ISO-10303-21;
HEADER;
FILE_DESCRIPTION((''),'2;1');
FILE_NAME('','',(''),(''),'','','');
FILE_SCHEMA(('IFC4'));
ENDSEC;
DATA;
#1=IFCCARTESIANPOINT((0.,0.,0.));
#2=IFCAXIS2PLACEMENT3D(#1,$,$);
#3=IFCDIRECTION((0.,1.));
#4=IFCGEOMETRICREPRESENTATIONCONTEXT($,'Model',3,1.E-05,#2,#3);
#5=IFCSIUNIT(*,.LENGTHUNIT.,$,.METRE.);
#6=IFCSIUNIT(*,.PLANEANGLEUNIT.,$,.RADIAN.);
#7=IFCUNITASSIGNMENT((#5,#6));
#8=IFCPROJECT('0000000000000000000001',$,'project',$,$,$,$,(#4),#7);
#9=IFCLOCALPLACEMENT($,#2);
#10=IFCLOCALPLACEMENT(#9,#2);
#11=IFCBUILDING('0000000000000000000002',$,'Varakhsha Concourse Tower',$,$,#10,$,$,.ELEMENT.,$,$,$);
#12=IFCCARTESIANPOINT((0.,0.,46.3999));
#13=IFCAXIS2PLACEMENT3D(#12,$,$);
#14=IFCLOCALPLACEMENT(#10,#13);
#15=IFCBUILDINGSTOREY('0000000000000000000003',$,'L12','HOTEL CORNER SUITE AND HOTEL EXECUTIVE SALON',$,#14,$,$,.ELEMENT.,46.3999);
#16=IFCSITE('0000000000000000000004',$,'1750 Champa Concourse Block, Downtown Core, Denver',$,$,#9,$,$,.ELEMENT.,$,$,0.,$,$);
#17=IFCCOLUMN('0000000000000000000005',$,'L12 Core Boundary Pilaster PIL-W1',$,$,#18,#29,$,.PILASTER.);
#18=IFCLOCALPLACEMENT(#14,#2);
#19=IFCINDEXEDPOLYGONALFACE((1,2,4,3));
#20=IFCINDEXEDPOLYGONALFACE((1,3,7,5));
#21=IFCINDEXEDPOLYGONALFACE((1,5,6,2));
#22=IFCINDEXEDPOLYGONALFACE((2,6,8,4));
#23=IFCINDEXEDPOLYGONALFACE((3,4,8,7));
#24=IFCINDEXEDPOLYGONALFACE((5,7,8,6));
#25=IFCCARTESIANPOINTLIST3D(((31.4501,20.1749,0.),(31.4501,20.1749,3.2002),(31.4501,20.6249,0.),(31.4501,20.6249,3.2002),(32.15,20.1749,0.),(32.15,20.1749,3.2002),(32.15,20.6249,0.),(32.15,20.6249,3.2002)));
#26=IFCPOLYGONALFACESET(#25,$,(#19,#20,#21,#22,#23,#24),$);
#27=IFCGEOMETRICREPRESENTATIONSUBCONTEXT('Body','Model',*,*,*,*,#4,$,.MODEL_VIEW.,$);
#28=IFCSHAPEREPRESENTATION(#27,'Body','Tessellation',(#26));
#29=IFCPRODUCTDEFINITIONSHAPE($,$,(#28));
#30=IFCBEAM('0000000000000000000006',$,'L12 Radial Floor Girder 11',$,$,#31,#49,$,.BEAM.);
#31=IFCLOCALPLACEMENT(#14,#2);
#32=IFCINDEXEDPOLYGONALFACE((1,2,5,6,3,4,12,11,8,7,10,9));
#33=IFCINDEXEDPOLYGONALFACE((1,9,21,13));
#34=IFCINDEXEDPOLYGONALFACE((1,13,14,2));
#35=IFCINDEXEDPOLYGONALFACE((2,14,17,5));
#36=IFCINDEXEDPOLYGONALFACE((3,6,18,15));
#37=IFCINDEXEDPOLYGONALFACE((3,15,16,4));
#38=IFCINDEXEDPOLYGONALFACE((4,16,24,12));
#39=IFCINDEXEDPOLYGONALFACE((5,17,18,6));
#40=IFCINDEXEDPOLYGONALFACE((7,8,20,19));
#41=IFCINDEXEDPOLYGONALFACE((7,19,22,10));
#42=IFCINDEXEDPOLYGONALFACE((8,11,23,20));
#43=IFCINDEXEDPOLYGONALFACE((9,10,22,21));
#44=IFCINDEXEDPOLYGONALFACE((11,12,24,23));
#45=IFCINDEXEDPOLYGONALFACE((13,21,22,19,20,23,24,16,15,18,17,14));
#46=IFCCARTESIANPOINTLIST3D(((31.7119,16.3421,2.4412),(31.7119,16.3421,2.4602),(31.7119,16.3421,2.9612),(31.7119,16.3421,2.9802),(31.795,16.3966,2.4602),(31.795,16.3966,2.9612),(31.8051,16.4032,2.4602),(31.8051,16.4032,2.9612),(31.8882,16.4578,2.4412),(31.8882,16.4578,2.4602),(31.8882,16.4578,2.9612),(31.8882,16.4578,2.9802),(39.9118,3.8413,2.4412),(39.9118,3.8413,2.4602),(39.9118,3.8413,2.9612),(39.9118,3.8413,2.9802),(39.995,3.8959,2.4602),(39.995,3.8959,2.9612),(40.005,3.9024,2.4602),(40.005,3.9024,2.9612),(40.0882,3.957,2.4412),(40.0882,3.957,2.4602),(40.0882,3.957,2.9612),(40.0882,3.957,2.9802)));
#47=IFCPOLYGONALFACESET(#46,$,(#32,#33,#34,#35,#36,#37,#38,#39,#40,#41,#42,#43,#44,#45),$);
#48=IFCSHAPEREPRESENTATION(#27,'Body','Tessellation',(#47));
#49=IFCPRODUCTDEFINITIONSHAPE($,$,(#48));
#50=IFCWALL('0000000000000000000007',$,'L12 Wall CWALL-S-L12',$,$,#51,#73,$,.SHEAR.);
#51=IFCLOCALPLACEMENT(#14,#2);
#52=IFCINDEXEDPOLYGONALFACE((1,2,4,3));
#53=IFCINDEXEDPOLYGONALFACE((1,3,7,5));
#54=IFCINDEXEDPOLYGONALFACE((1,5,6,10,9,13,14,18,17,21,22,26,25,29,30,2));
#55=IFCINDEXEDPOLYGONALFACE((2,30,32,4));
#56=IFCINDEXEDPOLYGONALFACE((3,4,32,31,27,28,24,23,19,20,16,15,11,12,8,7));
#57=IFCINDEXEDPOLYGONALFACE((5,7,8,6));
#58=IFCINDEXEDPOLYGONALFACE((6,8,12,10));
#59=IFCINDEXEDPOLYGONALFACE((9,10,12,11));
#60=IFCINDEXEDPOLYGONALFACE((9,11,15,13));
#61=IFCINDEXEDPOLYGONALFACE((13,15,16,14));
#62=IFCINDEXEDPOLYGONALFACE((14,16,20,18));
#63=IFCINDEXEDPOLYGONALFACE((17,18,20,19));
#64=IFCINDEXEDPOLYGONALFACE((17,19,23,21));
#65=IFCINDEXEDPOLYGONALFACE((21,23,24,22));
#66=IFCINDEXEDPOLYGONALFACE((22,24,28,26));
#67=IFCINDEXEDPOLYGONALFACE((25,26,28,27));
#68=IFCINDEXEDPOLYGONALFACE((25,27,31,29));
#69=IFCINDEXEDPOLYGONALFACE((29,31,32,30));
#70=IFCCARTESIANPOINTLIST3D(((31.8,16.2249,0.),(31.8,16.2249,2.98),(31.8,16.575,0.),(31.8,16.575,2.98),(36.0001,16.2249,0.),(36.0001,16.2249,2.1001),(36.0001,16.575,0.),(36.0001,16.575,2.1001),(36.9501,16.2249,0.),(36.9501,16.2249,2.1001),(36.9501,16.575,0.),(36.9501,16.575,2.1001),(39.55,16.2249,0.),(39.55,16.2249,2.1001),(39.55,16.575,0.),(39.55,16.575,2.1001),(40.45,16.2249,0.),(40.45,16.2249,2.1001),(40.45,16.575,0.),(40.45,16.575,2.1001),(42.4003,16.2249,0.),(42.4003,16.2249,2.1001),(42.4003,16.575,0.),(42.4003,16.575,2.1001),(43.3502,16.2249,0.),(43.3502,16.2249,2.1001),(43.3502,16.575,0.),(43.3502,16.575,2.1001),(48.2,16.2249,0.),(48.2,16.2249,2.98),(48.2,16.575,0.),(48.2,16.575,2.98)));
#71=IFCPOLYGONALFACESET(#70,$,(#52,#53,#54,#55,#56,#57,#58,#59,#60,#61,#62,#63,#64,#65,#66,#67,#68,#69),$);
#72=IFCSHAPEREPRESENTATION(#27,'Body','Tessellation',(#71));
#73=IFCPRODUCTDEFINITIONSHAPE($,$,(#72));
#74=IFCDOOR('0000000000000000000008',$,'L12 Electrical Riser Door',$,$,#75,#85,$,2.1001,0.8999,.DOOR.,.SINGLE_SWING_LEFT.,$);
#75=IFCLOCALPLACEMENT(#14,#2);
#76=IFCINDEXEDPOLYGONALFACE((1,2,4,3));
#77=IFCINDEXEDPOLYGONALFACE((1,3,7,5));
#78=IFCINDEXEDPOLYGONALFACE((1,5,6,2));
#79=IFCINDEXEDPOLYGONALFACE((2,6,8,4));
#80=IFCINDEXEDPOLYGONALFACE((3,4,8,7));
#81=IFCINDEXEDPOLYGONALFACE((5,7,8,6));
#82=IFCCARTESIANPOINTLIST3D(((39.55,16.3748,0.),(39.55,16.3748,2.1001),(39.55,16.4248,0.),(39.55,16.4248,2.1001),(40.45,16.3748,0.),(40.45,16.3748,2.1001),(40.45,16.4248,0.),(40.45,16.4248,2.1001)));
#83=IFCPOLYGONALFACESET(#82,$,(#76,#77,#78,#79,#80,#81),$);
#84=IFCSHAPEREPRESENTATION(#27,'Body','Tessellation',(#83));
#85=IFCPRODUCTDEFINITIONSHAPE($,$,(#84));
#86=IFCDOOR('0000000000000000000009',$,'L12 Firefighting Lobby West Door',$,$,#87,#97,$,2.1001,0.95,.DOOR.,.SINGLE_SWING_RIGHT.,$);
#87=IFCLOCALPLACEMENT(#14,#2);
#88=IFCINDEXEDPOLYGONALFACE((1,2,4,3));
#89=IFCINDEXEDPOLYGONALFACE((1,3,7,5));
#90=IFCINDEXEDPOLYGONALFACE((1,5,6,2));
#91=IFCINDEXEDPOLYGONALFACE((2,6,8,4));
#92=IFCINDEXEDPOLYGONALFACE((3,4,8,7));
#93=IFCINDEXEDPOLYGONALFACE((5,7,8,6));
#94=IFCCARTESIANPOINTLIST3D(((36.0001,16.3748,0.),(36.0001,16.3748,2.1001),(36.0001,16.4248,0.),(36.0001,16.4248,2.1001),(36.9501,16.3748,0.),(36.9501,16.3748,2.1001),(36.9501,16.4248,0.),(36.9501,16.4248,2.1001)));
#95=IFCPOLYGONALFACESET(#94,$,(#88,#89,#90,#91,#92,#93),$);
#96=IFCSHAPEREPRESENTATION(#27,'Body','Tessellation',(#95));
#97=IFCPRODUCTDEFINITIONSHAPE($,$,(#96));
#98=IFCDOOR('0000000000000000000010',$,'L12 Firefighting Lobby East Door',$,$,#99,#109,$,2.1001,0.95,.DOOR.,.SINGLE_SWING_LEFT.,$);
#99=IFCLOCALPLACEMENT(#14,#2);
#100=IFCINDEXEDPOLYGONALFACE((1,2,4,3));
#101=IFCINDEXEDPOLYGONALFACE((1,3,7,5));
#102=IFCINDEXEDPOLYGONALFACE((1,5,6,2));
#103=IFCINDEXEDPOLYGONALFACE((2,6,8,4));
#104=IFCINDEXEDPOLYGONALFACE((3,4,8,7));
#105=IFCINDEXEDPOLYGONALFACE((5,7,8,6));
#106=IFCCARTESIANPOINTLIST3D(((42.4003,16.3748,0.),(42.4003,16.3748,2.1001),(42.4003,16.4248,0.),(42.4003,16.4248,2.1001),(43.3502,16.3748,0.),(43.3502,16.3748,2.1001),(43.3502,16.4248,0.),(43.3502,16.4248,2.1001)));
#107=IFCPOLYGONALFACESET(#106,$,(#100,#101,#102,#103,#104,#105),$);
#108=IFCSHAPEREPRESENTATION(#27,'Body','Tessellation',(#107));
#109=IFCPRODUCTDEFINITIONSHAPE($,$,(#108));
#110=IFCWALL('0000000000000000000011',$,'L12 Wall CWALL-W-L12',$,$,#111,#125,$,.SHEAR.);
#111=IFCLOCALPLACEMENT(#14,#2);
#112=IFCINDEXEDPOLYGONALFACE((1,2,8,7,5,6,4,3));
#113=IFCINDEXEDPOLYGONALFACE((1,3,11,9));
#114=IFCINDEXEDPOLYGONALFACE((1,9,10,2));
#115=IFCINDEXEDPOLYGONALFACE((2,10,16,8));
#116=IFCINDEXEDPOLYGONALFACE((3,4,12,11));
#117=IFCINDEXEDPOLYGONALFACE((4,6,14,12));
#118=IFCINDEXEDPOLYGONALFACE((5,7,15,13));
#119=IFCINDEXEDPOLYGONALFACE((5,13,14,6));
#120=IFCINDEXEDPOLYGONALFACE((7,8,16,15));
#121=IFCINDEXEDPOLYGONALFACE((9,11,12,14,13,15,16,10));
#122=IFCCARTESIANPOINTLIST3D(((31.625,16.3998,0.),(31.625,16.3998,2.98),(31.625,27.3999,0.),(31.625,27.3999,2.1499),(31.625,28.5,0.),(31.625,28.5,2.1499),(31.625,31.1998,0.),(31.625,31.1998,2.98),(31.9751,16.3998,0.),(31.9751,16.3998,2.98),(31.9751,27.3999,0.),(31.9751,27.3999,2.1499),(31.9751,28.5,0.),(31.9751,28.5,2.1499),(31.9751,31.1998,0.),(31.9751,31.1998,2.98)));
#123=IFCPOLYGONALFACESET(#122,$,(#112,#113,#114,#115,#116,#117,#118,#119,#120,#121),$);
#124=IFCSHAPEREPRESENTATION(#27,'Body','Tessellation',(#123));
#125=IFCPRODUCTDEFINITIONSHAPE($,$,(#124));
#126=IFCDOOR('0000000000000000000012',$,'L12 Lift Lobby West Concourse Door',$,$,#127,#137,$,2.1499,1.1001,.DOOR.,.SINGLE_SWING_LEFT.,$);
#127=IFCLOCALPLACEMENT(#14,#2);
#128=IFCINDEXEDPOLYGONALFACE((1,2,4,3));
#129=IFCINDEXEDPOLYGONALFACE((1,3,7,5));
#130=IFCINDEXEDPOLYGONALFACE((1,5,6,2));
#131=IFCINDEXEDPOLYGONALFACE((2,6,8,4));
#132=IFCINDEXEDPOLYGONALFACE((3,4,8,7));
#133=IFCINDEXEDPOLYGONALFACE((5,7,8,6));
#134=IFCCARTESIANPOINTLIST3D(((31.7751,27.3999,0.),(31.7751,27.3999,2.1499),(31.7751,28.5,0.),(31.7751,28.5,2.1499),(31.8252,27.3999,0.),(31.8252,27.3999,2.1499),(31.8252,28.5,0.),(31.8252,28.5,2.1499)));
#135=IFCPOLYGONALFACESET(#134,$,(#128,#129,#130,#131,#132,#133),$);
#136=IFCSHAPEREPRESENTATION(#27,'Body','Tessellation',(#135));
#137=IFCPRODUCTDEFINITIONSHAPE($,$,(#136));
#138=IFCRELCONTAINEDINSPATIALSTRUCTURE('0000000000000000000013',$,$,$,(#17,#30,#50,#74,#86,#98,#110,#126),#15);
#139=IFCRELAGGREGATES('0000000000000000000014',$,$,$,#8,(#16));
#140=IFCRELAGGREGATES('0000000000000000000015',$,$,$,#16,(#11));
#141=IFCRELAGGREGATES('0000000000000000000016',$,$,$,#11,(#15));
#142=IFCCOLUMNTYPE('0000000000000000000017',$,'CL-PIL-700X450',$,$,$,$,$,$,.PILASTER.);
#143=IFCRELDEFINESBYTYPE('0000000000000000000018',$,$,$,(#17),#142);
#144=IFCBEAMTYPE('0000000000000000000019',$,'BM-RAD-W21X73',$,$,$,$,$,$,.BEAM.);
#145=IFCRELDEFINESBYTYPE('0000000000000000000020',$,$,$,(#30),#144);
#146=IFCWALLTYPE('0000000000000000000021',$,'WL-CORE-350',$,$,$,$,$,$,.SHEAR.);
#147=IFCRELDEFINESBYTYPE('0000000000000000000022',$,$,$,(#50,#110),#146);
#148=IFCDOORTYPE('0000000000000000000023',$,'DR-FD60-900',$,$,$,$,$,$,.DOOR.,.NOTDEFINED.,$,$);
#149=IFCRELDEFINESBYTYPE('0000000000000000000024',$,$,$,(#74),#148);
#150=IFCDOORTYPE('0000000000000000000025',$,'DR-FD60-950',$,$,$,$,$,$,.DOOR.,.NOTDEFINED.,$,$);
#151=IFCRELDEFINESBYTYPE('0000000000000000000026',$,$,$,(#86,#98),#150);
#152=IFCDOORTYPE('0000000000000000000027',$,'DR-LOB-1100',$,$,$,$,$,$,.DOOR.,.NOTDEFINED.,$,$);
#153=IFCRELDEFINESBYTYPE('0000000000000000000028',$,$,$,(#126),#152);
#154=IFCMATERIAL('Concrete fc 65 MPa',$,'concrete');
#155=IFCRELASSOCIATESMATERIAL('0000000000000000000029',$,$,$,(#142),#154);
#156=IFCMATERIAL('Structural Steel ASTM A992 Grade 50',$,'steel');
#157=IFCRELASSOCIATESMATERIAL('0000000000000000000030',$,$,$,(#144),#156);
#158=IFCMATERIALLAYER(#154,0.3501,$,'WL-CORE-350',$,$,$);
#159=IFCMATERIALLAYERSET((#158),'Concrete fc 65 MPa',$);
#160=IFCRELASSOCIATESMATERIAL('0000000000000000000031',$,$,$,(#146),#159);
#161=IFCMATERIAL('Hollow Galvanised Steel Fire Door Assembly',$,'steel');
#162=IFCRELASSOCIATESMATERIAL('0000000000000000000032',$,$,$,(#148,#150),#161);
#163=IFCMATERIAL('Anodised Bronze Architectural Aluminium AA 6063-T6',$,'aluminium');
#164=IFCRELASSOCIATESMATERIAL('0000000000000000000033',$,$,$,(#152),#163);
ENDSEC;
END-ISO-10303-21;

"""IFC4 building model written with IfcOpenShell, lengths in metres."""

from ifc_helpers import new_model, si_unit, direction, frame, frame_2d, origin, origin_2d, place, context, subcontext, project, spatial, rectangle, i_section, extrude, material, layer, layer_set, material_profile, profile_set, type_object, element, fill, save


model = new_model("IFC4")

# Units and contexts
model_context = context("Model", 3, precision=1e-05, world=origin(), true_north=direction((0.0, 1.0)))
body_context = subcontext(model_context, "Body", "Model", "MODEL_VIEW")
ifc_project = project(units=[si_unit("LENGTHUNIT", "METRE"), si_unit("PLANEANGLEUNIT", "RADIAN")], contexts=[model_context])

# Site, building, storey
site_placement = place(None, origin())
site = spatial("IfcSite", under=ifc_project, at=site_placement, Name="1750 Champa Concourse Block, Downtown Core, Denver", CompositionType="ELEMENT", RefElevation=0.0)
building_placement = place(site_placement, origin())
building = spatial("IfcBuilding", under=site, at=building_placement, Name="Varakhsha Concourse Tower", CompositionType="ELEMENT")
storey_placement = place(building_placement, frame((0.0, 0.0, 46.3999)))
storey = spatial("IfcBuildingStorey", under=building, at=storey_placement, Name="L12", Description="HOTEL CORNER SUITE AND HOTEL EXECUTIVE SALON", CompositionType="ELEMENT", Elevation=46.3999)

# Column
ifc_material_1 = material(Name="Concrete fc 65 MPa", Category="concrete")
ifc_material_profile_1 = material_profile(ifc_material_1, rectangle(XDim=0.7, YDim=0.45, at=origin_2d()), Name="RC 700x450")
ifc_profile_set_1 = profile_set([ifc_material_profile_1], Name="Concrete fc 65 MPa")
column_type = type_object("IfcColumnType", Name="CL-PIL-700X450", PredefinedType="PILASTER", material=ifc_profile_set_1)
column_placement = place(storey_placement, frame((31.8, 20.3999, 0.0), z_axis=(0.0, 0.0, 1.0), x_axis=(1.0, 0.0, 0.0)))
element("IfcColumn", 1, at=column_placement, inside=storey, type_object=column_type, Name="L12 Core Boundary Pilaster PIL-W1", PredefinedType="PILASTER", context=body_context, shape_type="SweptSolid", body=[
    extrude(rectangle(XDim=0.7, YDim=0.45, at=origin_2d()), origin(), (0.0, 0.0, 1.0), 3.2002),
])

# Beam
ifc_material_2 = material(Name="Structural Steel ASTM A992 Grade 50", Category="steel")
ifc_material_profile_2 = material_profile(ifc_material_2, i_section(OverallWidth=0.2109, OverallDepth=0.5391, WebThickness=0.012, FlangeThickness=0.019, at=origin_2d()), Name="W21X73")
ifc_profile_set_2 = profile_set([ifc_material_profile_2], Name="Structural Steel ASTM A992 Grade 50")
beam_type = type_object("IfcBeamType", Name="BM-RAD-W21X73", PredefinedType="BEAM", material=ifc_profile_set_2)
beam_placement = place(storey_placement, frame((31.8, 16.3999, 2.7107), z_axis=(0.548486, -0.83616, 0.0), x_axis=(0.83616, 0.548486, 0.0)))
element("IfcBeam", 2, at=beam_placement, inside=storey, type_object=beam_type, Name="L12 Radial Floor Girder 11", PredefinedType="BEAM", context=body_context, shape_type="SweptSolid", body=[
    extrude(i_section(OverallWidth=0.2109, OverallDepth=0.5391, WebThickness=0.012, FlangeThickness=0.019, at=origin_2d()), origin(), (0.0, 0.0, 1.0), 14.9502),
])

# Wall, openings, doors
ifc_layer_1 = layer(ifc_material_1, 0.3501, Name="WL-CORE-350")
ifc_layer_set_1 = layer_set([ifc_layer_1], Name="Concrete fc 65 MPa")
wall_type_1 = type_object("IfcWallType", Name="WL-CORE-350", PredefinedType="SHEAR", material=ifc_layer_set_1)
wall_1_placement = place(storey_placement, frame((31.8, 16.3999, 0.0), z_axis=(0.0, 0.0, 1.0), x_axis=(1.0, 0.0, 0.0)))
wall_1 = element("IfcWall", 3, at=wall_1_placement, inside=storey, type_object=wall_type_1, Name="L12 Wall CWALL-S-L12", PredefinedType="SHEAR", context=body_context, shape_type="SweptSolid", body=[
    extrude(rectangle(XDim=16.3999, YDim=0.3501, at=frame_2d((8.2, 0.0))), origin(), (0.0, 0.0, 1.0), 2.98),
])
opening_1_placement = place(wall_1_placement, frame((7.75, 0.0, 0.0)))
opening_1 = element("IfcOpeningElement", 4, at=opening_1_placement, cuts=wall_1, PredefinedType="OPENING", context=body_context, shape_type="SweptSolid", body=[
    extrude(rectangle(XDim=0.8999, YDim=2.1001, at=frame_2d((0.45, 1.05))), frame((0.0, 0.1851, 0.0), z_axis=(0.0, -1.0, 0.0), x_axis=(1.0, 0.0, 0.0)), (0.0, 0.0, 1.0), 0.3701),
])
opening_2_placement = place(wall_1_placement, frame((4.2, 0.0, 0.0)))
opening_2 = element("IfcOpeningElement", 5, at=opening_2_placement, cuts=wall_1, PredefinedType="OPENING", context=body_context, shape_type="SweptSolid", body=[
    extrude(rectangle(XDim=0.95, YDim=2.1001, at=frame_2d((0.4751, 1.05))), frame((0.0, 0.1851, 0.0), z_axis=(0.0, -1.0, 0.0), x_axis=(1.0, 0.0, 0.0)), (0.0, 0.0, 1.0), 0.3701),
])
opening_3_placement = place(wall_1_placement, frame((10.6001, 0.0, 0.0)))
opening_3 = element("IfcOpeningElement", 6, at=opening_3_placement, cuts=wall_1, PredefinedType="OPENING", context=body_context, shape_type="SweptSolid", body=[
    extrude(rectangle(XDim=0.95, YDim=2.1001, at=frame_2d((0.4751, 1.05))), frame((0.0, 0.1851, 0.0), z_axis=(0.0, -1.0, 0.0), x_axis=(1.0, 0.0, 0.0)), (0.0, 0.0, 1.0), 0.3701),
])
ifc_material_3 = material(Name="Hollow Galvanised Steel Fire Door Assembly", Category="steel")
door_type_1 = type_object("IfcDoorType", Name="DR-FD60-900", OperationType="NOTDEFINED", PredefinedType="DOOR", material=ifc_material_3)
door_1_placement = place(opening_1_placement, origin())
door_1 = element("IfcDoor", 7, at=door_1_placement, inside=storey, type_object=door_type_1, Name="L12 Electrical Riser Door", OperationType="SINGLE_SWING_LEFT", OverallHeight=2.1001, OverallWidth=0.8999, PredefinedType="DOOR", context=body_context, shape_type="SweptSolid", body=[
    extrude(rectangle(XDim=0.8999, YDim=2.1001, at=frame_2d((0.45, 1.05))), frame((0.0, 0.0249, 0.0), z_axis=(0.0, -1.0, 0.0), x_axis=(1.0, 0.0, 0.0)), (0.0, 0.0, 1.0), 0.05),
])
fill(opening_1, door_1)
door_type_2 = type_object("IfcDoorType", Name="DR-FD60-950", OperationType="NOTDEFINED", PredefinedType="DOOR", material=ifc_material_3)
door_2_placement = place(opening_2_placement, origin())
door_2 = element("IfcDoor", 8, at=door_2_placement, inside=storey, type_object=door_type_2, Name="L12 Firefighting Lobby West Door", OperationType="SINGLE_SWING_RIGHT", OverallHeight=2.1001, OverallWidth=0.95, PredefinedType="DOOR", context=body_context, shape_type="SweptSolid", body=[
    extrude(rectangle(XDim=0.95, YDim=2.1001, at=frame_2d((0.4751, 1.05))), frame((0.0, 0.0249, 0.0), z_axis=(0.0, -1.0, 0.0), x_axis=(1.0, 0.0, 0.0)), (0.0, 0.0, 1.0), 0.05),
])
fill(opening_2, door_2)
door_3_placement = place(opening_3_placement, origin())
door_3 = element("IfcDoor", 9, at=door_3_placement, inside=storey, type_object=door_type_2, Name="L12 Firefighting Lobby East Door", OperationType="SINGLE_SWING_LEFT", OverallHeight=2.1001, OverallWidth=0.95, PredefinedType="DOOR", context=body_context, shape_type="SweptSolid", body=[
    extrude(rectangle(XDim=0.95, YDim=2.1001, at=frame_2d((0.4751, 1.05))), frame((0.0, 0.0249, 0.0), z_axis=(0.0, -1.0, 0.0), x_axis=(1.0, 0.0, 0.0)), (0.0, 0.0, 1.0), 0.05),
])
fill(opening_3, door_3)

# Wall, opening, door
wall_2_placement = place(storey_placement, frame((31.8, 16.3999, 0.0), z_axis=(0.0, 0.0, 1.0), x_axis=(0.0, 1.0, 0.0)))
wall_2 = element("IfcWall", 10, at=wall_2_placement, inside=storey, type_object=wall_type_1, Name="L12 Wall CWALL-W-L12", PredefinedType="SHEAR", context=body_context, shape_type="SweptSolid", body=[
    extrude(rectangle(XDim=14.8, YDim=0.3501, at=frame_2d((7.3999, 0.0))), origin(), (0.0, 0.0, 1.0), 2.98),
])
opening_4_placement = place(wall_2_placement, frame((11.0, 0.0, 0.0)))
opening_4 = element("IfcOpeningElement", 11, at=opening_4_placement, cuts=wall_2, PredefinedType="OPENING", context=body_context, shape_type="SweptSolid", body=[
    extrude(rectangle(XDim=1.1001, YDim=2.1499, at=frame_2d((0.55, 1.075))), frame((0.0, 0.1851, 0.0), z_axis=(0.0, -1.0, 0.0), x_axis=(1.0, 0.0, 0.0)), (0.0, 0.0, 1.0), 0.3701),
])
ifc_material_4 = material(Name="Anodised Bronze Architectural Aluminium AA 6063-T6", Category="aluminium")
door_type_3 = type_object("IfcDoorType", Name="DR-LOB-1100", OperationType="NOTDEFINED", PredefinedType="DOOR", material=ifc_material_4)
door_4_placement = place(opening_4_placement, origin())
door_4 = element("IfcDoor", 12, at=door_4_placement, inside=storey, type_object=door_type_3, Name="L12 Lift Lobby West Concourse Door", OperationType="SINGLE_SWING_LEFT", OverallHeight=2.1499, OverallWidth=1.1001, PredefinedType="DOOR", context=body_context, shape_type="SweptSolid", body=[
    extrude(rectangle(XDim=1.1001, YDim=2.1499, at=frame_2d((0.55, 1.075))), frame((0.0, 0.0249, 0.0), z_axis=(0.0, -1.0, 0.0), x_axis=(1.0, 0.0, 0.0)), (0.0, 0.0, 1.0), 0.05),
])
fill(opening_4, door_4)

save(model, "model.ifc")
